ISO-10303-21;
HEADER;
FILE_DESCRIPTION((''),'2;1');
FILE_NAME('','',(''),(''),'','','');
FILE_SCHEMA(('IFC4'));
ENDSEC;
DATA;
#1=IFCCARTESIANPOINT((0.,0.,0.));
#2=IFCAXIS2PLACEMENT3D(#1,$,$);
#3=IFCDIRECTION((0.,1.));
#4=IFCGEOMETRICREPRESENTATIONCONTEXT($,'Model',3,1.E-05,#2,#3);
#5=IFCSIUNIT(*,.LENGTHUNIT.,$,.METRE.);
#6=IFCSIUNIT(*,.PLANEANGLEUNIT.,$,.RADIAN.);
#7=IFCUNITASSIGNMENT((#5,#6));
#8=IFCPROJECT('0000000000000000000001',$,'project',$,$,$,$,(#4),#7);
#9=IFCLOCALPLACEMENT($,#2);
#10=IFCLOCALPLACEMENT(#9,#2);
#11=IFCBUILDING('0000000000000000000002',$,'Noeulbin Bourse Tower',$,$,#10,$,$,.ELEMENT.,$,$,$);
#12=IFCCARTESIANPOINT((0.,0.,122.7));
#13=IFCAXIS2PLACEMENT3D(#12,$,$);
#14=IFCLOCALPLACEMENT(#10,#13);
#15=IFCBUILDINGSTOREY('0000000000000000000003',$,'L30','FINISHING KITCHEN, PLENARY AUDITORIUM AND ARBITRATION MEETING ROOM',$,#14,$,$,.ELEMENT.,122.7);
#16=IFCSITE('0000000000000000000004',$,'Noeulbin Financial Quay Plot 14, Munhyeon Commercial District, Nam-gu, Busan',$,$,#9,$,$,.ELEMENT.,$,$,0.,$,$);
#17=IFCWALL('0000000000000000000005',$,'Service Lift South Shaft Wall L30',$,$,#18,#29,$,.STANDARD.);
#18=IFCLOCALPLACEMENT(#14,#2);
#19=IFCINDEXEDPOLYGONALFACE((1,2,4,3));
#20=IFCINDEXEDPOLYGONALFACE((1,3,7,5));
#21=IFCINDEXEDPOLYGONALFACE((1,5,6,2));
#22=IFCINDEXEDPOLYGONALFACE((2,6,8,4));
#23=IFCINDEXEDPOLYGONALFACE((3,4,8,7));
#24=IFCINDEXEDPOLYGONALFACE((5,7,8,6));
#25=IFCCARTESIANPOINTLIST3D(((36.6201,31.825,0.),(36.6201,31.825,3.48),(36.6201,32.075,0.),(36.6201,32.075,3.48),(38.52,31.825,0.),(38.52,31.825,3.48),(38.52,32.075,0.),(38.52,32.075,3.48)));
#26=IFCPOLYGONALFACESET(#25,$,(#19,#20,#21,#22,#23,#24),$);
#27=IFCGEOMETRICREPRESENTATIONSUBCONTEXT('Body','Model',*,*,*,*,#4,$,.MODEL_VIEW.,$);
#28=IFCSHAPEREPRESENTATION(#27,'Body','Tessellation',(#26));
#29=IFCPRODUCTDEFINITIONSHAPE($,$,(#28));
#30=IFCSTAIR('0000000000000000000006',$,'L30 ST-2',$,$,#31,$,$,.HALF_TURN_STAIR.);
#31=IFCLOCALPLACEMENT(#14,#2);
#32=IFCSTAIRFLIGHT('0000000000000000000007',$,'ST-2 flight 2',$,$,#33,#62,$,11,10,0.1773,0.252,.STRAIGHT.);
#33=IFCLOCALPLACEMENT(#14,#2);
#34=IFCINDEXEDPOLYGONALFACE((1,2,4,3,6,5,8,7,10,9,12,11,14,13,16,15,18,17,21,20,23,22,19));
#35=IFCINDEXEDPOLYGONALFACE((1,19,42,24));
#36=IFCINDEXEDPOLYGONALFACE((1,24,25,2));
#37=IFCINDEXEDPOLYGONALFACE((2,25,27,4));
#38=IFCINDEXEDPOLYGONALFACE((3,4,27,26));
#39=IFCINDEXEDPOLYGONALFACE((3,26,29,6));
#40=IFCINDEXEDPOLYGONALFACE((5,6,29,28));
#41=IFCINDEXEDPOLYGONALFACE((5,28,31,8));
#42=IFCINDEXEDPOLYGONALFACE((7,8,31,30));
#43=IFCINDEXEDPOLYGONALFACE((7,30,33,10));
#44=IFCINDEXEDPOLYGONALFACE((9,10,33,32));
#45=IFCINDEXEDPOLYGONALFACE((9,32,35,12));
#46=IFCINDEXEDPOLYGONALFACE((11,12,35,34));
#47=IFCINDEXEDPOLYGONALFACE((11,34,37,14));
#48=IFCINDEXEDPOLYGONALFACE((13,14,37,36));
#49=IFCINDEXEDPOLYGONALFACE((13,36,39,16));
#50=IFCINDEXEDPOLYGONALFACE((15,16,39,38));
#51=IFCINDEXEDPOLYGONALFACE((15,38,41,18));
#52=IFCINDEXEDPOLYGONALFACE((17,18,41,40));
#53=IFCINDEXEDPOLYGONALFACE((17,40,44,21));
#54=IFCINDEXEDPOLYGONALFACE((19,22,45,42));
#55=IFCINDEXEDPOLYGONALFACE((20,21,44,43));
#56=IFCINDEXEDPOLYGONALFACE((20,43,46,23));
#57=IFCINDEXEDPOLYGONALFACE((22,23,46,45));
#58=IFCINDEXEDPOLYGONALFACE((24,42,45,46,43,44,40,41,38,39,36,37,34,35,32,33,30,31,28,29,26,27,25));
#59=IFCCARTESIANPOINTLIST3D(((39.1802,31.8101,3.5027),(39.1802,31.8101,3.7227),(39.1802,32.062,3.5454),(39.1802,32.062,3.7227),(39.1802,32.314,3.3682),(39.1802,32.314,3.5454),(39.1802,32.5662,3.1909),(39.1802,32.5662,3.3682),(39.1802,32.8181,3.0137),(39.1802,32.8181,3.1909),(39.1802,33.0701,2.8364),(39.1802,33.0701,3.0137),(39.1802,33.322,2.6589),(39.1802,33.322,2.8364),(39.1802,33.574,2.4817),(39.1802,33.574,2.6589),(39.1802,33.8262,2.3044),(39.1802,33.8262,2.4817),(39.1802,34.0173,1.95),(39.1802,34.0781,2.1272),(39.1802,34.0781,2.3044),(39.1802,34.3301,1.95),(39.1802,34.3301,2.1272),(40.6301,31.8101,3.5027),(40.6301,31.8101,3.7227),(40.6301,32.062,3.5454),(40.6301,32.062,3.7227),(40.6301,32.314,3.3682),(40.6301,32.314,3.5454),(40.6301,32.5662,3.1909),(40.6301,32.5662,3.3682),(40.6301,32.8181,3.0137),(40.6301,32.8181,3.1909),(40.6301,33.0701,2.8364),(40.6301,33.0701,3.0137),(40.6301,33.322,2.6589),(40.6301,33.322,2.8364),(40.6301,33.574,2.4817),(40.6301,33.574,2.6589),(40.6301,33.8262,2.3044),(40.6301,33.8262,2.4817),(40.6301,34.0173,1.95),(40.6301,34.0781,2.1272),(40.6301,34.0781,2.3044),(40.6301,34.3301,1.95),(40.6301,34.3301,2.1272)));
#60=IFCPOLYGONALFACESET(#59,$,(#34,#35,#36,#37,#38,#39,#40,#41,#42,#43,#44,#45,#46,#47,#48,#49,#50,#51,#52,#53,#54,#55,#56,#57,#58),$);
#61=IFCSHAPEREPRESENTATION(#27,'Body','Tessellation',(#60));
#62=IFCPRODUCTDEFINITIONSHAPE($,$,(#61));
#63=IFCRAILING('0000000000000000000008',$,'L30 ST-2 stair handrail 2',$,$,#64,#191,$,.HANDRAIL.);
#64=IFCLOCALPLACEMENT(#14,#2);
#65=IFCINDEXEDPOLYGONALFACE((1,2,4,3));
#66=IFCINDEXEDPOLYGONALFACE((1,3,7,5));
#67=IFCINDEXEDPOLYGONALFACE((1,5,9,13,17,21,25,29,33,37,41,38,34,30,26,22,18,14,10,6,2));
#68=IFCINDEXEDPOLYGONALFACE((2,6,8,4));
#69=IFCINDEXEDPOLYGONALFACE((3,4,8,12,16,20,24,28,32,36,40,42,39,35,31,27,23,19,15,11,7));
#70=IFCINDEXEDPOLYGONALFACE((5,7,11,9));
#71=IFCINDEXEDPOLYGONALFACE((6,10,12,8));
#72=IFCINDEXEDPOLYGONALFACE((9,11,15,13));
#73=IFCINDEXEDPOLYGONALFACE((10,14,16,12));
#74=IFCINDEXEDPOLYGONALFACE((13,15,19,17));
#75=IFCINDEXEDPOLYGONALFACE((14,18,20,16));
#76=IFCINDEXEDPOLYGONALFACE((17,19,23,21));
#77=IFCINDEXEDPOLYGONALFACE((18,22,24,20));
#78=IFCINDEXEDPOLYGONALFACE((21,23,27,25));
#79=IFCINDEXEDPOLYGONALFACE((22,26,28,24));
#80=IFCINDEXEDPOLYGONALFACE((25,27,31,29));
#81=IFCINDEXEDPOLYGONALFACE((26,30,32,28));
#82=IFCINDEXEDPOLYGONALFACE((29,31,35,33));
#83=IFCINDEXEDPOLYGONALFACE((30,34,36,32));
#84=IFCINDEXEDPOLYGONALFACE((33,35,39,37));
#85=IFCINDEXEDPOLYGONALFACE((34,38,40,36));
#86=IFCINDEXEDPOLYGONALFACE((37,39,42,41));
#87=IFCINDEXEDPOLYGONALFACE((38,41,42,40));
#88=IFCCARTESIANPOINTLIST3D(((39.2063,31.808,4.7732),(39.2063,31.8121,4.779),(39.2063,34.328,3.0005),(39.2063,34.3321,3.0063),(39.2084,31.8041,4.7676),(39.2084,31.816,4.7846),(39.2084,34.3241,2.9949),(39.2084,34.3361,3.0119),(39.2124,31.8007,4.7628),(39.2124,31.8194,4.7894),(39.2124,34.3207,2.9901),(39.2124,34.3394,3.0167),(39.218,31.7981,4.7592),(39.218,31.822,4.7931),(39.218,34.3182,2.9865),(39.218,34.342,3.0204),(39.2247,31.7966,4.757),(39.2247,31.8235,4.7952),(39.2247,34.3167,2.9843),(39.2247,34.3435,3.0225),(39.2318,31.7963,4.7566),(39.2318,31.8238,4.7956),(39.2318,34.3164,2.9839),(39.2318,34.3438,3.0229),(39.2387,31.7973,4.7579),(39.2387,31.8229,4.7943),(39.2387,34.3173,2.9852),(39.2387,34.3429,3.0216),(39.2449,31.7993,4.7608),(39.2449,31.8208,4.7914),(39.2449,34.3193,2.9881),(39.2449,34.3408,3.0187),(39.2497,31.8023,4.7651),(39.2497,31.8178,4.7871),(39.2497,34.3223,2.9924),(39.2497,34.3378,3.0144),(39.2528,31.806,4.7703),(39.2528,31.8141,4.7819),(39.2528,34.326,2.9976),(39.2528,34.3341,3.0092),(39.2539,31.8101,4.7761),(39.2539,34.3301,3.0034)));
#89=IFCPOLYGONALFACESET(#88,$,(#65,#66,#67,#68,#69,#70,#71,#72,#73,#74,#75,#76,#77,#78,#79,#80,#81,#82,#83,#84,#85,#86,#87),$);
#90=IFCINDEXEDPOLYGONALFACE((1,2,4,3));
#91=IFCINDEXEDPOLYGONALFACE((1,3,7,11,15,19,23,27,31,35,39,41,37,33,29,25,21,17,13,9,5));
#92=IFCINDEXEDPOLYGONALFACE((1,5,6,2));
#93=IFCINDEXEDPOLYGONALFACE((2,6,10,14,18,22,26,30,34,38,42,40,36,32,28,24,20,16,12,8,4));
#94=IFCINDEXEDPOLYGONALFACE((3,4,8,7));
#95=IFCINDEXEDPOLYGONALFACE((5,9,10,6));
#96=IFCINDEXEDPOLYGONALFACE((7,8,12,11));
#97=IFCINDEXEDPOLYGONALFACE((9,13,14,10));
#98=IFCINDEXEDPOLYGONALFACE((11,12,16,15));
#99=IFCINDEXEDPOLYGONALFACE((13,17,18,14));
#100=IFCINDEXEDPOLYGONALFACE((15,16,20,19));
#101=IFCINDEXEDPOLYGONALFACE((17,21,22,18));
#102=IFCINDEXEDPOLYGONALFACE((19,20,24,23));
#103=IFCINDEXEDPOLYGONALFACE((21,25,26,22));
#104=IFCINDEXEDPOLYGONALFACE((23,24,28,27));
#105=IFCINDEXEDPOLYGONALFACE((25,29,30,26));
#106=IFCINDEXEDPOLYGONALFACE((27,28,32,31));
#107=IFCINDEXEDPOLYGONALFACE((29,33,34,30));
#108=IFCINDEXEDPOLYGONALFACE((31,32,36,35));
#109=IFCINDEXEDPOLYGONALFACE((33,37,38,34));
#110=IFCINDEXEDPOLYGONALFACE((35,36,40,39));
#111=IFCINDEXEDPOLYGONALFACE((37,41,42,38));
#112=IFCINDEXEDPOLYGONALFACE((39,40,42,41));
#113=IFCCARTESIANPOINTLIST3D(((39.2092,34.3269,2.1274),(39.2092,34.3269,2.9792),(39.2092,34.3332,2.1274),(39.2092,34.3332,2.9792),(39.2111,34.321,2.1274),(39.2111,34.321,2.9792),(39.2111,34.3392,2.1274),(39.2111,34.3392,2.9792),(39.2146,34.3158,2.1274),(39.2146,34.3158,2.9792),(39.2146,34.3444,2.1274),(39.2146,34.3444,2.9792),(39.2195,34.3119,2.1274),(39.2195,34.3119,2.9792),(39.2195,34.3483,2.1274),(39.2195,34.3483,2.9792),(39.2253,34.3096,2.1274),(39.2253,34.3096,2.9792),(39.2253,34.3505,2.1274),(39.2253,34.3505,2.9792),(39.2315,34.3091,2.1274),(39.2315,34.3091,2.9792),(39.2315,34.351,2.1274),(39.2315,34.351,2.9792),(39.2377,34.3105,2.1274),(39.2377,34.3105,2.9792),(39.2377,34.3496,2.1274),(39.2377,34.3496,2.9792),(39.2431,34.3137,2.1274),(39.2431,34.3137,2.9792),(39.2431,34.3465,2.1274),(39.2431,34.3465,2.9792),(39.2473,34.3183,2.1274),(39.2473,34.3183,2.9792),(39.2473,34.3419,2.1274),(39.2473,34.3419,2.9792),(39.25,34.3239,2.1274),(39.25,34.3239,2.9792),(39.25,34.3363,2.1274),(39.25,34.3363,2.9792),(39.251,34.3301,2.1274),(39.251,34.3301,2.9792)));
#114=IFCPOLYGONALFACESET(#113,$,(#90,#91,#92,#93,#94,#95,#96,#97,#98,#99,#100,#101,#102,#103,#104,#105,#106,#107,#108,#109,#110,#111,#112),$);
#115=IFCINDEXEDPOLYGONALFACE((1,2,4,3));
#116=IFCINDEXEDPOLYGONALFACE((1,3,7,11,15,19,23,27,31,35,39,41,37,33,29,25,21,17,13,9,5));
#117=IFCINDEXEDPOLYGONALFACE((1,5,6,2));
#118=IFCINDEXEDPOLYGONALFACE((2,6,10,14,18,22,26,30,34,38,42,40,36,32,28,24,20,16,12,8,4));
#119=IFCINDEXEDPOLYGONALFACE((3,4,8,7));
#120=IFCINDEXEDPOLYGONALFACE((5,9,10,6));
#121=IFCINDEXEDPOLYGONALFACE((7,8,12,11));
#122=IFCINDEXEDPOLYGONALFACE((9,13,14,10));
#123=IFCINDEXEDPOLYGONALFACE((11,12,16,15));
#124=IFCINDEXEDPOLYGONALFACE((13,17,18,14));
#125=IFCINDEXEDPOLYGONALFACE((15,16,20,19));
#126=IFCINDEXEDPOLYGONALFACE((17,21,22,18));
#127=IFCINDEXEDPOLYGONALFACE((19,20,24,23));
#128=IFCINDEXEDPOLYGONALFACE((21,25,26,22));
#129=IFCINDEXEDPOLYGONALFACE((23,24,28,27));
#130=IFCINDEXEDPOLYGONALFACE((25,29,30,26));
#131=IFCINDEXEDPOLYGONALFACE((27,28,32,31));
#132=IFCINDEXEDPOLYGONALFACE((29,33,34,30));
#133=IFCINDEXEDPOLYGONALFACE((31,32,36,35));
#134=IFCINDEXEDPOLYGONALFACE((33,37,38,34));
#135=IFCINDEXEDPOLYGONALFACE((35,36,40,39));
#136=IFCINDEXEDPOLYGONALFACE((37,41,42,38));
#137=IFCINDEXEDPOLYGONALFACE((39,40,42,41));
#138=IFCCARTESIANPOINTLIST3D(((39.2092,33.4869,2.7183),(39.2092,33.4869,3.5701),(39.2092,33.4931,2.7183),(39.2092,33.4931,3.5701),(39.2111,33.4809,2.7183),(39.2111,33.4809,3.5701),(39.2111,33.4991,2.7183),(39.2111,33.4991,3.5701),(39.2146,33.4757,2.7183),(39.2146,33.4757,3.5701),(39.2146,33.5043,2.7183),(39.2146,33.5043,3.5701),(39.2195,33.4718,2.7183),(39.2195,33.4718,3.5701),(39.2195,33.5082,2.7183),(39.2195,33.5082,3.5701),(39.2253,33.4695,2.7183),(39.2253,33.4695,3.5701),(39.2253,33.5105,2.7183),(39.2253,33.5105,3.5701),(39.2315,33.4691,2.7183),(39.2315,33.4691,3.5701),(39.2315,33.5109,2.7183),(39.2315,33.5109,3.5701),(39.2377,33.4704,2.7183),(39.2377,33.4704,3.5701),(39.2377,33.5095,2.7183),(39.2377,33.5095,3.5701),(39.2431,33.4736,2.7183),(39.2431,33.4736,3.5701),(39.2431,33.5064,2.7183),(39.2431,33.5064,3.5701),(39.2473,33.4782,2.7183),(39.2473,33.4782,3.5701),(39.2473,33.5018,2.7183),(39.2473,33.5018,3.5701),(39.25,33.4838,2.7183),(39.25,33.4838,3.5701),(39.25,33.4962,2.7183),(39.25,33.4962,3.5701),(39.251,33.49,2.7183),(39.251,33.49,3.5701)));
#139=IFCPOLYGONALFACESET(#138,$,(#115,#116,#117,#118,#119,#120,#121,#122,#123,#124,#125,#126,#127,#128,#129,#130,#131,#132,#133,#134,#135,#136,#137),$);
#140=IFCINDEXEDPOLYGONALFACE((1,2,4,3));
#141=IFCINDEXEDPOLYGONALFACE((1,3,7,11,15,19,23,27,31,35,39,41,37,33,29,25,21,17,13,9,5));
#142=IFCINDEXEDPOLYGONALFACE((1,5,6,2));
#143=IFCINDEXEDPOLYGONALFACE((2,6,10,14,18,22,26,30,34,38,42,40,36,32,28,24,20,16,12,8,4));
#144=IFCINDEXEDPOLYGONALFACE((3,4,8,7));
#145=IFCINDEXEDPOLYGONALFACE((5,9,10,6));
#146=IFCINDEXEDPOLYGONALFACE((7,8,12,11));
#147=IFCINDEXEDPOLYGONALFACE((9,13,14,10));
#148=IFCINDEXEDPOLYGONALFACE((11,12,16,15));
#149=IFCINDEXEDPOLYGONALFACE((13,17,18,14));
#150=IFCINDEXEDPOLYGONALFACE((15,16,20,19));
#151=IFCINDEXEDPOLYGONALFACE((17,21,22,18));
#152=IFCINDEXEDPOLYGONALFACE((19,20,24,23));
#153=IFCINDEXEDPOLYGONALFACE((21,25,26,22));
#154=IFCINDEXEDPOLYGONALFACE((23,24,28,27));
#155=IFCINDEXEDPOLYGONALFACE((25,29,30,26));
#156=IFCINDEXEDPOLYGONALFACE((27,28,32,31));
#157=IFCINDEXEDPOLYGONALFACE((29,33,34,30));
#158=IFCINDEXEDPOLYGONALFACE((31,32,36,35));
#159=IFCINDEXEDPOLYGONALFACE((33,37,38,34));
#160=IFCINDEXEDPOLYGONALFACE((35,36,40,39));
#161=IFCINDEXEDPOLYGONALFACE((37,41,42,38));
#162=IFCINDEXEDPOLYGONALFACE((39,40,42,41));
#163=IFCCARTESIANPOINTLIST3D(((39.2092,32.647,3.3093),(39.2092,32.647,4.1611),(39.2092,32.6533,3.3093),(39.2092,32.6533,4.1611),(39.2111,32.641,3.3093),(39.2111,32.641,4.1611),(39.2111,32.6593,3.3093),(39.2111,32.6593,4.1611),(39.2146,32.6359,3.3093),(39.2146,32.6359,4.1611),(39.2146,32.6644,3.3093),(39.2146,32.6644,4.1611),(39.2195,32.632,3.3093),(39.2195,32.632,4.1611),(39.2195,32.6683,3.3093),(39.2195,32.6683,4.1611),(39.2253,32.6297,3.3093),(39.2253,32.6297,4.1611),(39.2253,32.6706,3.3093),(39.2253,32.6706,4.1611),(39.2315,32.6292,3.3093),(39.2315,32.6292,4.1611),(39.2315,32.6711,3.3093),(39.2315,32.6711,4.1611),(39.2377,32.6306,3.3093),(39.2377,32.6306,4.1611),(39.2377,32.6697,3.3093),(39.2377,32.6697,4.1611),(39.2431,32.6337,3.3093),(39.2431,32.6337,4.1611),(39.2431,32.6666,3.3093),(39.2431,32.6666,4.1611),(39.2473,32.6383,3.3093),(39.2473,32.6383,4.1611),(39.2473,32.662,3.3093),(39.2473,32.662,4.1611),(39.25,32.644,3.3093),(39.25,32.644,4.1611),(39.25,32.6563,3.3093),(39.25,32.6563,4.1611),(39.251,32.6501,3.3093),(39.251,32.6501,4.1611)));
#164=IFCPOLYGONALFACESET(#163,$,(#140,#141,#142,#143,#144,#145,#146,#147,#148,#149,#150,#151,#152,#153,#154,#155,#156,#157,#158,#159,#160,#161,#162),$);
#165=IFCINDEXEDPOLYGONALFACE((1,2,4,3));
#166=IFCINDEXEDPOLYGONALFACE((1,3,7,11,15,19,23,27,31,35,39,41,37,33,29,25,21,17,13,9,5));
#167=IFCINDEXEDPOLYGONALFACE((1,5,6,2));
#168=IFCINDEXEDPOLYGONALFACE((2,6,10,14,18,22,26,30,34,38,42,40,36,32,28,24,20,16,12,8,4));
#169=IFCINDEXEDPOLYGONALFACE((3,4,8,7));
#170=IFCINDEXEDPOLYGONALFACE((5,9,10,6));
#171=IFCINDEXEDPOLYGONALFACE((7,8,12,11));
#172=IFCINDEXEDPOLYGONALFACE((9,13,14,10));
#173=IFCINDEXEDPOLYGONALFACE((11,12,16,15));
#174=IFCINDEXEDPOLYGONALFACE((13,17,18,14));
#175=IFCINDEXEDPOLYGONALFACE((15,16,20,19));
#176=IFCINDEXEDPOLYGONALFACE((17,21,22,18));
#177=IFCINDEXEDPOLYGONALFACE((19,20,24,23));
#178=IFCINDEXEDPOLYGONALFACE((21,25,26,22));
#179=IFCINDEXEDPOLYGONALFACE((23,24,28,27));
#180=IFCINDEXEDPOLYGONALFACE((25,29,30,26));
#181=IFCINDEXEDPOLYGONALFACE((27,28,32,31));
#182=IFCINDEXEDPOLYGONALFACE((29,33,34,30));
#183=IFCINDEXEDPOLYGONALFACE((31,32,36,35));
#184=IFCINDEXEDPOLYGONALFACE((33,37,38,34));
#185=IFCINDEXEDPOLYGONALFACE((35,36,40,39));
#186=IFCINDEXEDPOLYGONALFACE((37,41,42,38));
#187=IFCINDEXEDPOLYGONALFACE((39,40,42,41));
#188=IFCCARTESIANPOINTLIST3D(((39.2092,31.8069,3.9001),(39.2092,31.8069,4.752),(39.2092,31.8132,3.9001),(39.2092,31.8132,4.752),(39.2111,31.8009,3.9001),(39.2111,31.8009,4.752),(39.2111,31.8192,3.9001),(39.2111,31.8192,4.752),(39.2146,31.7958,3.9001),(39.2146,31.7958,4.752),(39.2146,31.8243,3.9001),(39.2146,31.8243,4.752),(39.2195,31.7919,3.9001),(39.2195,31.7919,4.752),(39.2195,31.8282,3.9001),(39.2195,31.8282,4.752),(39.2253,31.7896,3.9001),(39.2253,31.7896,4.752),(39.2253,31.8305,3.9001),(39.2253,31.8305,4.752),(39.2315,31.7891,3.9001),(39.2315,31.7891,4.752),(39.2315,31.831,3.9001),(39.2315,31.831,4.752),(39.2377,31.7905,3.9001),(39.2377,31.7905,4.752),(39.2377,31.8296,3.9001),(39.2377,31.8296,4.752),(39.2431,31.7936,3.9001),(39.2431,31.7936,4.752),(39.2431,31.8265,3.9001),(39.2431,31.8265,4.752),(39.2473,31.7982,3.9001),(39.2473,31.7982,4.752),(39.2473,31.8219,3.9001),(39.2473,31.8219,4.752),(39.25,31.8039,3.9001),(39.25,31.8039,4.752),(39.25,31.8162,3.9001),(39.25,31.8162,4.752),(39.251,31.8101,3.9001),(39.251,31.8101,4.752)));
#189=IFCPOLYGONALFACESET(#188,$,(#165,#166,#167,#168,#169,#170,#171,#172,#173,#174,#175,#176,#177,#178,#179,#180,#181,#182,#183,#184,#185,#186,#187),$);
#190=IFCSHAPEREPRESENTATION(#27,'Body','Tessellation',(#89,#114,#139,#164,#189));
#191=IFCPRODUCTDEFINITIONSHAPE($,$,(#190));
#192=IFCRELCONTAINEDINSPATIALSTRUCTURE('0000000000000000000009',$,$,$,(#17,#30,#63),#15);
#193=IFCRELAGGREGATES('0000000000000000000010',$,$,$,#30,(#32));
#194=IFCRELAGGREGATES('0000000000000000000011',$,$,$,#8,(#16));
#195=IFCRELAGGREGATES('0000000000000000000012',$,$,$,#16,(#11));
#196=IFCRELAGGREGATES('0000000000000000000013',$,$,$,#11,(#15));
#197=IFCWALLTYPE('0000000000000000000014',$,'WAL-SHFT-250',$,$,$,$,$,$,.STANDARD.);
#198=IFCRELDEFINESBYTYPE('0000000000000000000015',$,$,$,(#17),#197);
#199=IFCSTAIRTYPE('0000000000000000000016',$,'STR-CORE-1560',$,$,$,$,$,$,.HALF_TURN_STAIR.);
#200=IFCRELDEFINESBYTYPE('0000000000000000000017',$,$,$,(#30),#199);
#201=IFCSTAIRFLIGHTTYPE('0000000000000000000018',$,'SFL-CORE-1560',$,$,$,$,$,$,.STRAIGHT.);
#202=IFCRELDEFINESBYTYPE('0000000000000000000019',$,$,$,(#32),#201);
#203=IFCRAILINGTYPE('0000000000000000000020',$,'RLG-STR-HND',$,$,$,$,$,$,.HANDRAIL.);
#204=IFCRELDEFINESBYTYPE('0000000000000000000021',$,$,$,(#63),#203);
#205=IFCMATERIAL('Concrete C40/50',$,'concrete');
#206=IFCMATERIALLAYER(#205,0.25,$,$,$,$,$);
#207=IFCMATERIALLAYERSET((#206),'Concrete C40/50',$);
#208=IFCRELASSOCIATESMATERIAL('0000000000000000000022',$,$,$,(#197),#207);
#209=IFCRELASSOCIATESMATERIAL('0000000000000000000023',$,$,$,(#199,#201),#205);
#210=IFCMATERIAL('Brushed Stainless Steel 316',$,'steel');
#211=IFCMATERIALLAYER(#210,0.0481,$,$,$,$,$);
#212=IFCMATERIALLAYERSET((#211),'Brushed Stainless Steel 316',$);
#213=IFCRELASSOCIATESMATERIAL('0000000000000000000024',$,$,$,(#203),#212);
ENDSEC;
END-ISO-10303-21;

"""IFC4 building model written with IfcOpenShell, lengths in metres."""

from ifc_helpers import new_model, si_unit, direction, frame, frame_2d, origin, origin_2d, place, context, subcontext, project, spatial, polyline, rectangle, circle, outline, extrude, material, layer, layer_set, type_object, element, aggregate, save


model = new_model("IFC4")

# Units and contexts
model_context = context("Model", 3, precision=1e-05, world=origin(), true_north=direction((0.0, 1.0)))
body_context = subcontext(model_context, "Body", "Model", "MODEL_VIEW")
ifc_project = project(units=[si_unit("LENGTHUNIT", "METRE"), si_unit("PLANEANGLEUNIT", "RADIAN")], contexts=[model_context])

# Site, building, storey
site_placement = place(None, origin())
site = spatial("IfcSite", under=ifc_project, at=site_placement, Name="Noeulbin Financial Quay Plot 14, Munhyeon Commercial District, Nam-gu, Busan", CompositionType="ELEMENT", RefElevation=0.0)
building_placement = place(site_placement, origin())
building = spatial("IfcBuilding", under=site, at=building_placement, Name="Noeulbin Bourse Tower", CompositionType="ELEMENT")
storey_placement = place(building_placement, frame((0.0, 0.0, 122.7)))
storey = spatial("IfcBuildingStorey", under=building, at=storey_placement, Name="L30", Description="FINISHING KITCHEN, PLENARY AUDITORIUM AND ARBITRATION MEETING ROOM", CompositionType="ELEMENT", Elevation=122.7)

# Shared definitions
ifc_material_1 = material(Name="Concrete C40/50", Category="concrete")

# Shared definitions
ifc_layer_1 = layer(ifc_material_1, 0.25)
ifc_layer_set_1 = layer_set([ifc_layer_1], Name="Concrete C40/50")
wall_type_1 = type_object("IfcWallType", Name="WAL-SHFT-250", PredefinedType="STANDARD", material=ifc_layer_set_1)

# Shared definitions
ifc_material_2 = material(Name="Brushed Stainless Steel 316", Category="steel")

# Wall
wall_1_placement = place(storey_placement, frame((36.6201, 31.95, 0.0), z_axis=(0.0, 0.0, 1.0), x_axis=(1.0, 0.0, 0.0)))
element("IfcWall", 1, at=wall_1_placement, inside=storey, type_object=wall_type_1, Name="Service Lift South Shaft Wall L30", PredefinedType="STANDARD", context=body_context, shape_type="SweptSolid", body=[
    extrude(rectangle(XDim=1.8999, YDim=0.25, at=frame_2d((0.95, 0.0))), origin(), (0.0, 0.0, 1.0), 3.48),
])

# Stair, stair flight
stair_type = type_object("IfcStairType", Name="STR-CORE-1560", PredefinedType="HALF_TURN_STAIR", material=ifc_material_1)
stair_placement = place(storey_placement, origin())
stair = element("IfcStair", 2, at=stair_placement, inside=storey, type_object=stair_type, Name="L30 ST-2", PredefinedType="HALF_TURN_STAIR")
stair_flight_type = type_object("IfcStairFlightType", Name="SFL-CORE-1560", PredefinedType="STRAIGHT", material=ifc_material_1)
stair_flight_placement = place(storey_placement, frame((39.905, 34.3301, 1.95), z_axis=(0.0, 0.0, 1.0), x_axis=(0.0, -1.0, 0.0)))
stair_flight = element("IfcStairFlight", 3, at=stair_flight_placement, type_object=stair_flight_type, Name="ST-2 flight 2", NumberOfRisers=11, NumberOfTreads=10, PredefinedType="STRAIGHT", RiserHeight=0.1773, TreadLength=0.252, context=body_context, shape_type="SweptSolid", body=[
    extrude(outline(polyline([(0.0, 0.0), (0.0, 0.1772), (0.252, 0.1772), (0.252, 0.3545), (0.5039, 0.3545), (0.5039, 0.5317), (0.7561, 0.5317), (0.7561, 0.709), (1.0081, 0.709), (1.0081, 0.8865), (1.26, 0.8865), (1.26, 1.0637), (1.512, 1.0637), (1.512, 1.241), (1.7639, 1.241), (1.7639, 1.4182), (2.0161, 1.4182), (2.0161, 1.5955), (2.2681, 1.5955), (2.2681, 1.7727), (2.52, 1.7727), (2.52, 1.95), (2.52, 1.5527), (0.3127, 0.0), (0.0, 0.0)])), frame((0.0, 0.7251, 0.0), z_axis=(0.0, -1.0, 0.0), x_axis=(1.0, 0.0, 0.0)), (0.0, 0.0, 1.0), 1.45),
])
aggregate(stair, [stair_flight])

# Railing
ifc_layer_2 = layer(ifc_material_2, 0.0481)
ifc_layer_set_2 = layer_set([ifc_layer_2], Name="Brushed Stainless Steel 316")
railing_type = type_object("IfcRailingType", Name="RLG-STR-HND", PredefinedType="HANDRAIL", material=ifc_layer_set_2)
railing_placement = place(storey_placement, frame((39.23, 34.3301, 2.1274)))
element("IfcRailing", 4, at=railing_placement, inside=storey, type_object=railing_type, Name="L30 ST-2 stair handrail 2", PredefinedType="HANDRAIL", context=body_context, shape_type="SweptSolid", body=[
    extrude(circle(Radius=0.0239, at=origin_2d()), frame((0.0, 0.0, 0.876), z_axis=(0.0, -0.817904, 0.575354), x_axis=(1.0, 0.0, 0.0)), (0.0, 0.0, 1.0), 3.0811),
    extrude(circle(Radius=0.021, at=origin_2d()), origin(), (0.0, 0.0, 1.0), 0.8518),
    extrude(circle(Radius=0.021, at=origin_2d()), frame((0.0, -0.8401, 0.5908)), (0.0, 0.0, 1.0), 0.8518),
    extrude(circle(Radius=0.021, at=origin_2d()), frame((0.0, -1.6799, 1.1819)), (0.0, 0.0, 1.0), 0.8518),
    extrude(circle(Radius=0.021, at=origin_2d()), frame((0.0, -2.52, 1.7727)), (0.0, 0.0, 1.0), 0.8518),
])

save(model, "model.ifc")
